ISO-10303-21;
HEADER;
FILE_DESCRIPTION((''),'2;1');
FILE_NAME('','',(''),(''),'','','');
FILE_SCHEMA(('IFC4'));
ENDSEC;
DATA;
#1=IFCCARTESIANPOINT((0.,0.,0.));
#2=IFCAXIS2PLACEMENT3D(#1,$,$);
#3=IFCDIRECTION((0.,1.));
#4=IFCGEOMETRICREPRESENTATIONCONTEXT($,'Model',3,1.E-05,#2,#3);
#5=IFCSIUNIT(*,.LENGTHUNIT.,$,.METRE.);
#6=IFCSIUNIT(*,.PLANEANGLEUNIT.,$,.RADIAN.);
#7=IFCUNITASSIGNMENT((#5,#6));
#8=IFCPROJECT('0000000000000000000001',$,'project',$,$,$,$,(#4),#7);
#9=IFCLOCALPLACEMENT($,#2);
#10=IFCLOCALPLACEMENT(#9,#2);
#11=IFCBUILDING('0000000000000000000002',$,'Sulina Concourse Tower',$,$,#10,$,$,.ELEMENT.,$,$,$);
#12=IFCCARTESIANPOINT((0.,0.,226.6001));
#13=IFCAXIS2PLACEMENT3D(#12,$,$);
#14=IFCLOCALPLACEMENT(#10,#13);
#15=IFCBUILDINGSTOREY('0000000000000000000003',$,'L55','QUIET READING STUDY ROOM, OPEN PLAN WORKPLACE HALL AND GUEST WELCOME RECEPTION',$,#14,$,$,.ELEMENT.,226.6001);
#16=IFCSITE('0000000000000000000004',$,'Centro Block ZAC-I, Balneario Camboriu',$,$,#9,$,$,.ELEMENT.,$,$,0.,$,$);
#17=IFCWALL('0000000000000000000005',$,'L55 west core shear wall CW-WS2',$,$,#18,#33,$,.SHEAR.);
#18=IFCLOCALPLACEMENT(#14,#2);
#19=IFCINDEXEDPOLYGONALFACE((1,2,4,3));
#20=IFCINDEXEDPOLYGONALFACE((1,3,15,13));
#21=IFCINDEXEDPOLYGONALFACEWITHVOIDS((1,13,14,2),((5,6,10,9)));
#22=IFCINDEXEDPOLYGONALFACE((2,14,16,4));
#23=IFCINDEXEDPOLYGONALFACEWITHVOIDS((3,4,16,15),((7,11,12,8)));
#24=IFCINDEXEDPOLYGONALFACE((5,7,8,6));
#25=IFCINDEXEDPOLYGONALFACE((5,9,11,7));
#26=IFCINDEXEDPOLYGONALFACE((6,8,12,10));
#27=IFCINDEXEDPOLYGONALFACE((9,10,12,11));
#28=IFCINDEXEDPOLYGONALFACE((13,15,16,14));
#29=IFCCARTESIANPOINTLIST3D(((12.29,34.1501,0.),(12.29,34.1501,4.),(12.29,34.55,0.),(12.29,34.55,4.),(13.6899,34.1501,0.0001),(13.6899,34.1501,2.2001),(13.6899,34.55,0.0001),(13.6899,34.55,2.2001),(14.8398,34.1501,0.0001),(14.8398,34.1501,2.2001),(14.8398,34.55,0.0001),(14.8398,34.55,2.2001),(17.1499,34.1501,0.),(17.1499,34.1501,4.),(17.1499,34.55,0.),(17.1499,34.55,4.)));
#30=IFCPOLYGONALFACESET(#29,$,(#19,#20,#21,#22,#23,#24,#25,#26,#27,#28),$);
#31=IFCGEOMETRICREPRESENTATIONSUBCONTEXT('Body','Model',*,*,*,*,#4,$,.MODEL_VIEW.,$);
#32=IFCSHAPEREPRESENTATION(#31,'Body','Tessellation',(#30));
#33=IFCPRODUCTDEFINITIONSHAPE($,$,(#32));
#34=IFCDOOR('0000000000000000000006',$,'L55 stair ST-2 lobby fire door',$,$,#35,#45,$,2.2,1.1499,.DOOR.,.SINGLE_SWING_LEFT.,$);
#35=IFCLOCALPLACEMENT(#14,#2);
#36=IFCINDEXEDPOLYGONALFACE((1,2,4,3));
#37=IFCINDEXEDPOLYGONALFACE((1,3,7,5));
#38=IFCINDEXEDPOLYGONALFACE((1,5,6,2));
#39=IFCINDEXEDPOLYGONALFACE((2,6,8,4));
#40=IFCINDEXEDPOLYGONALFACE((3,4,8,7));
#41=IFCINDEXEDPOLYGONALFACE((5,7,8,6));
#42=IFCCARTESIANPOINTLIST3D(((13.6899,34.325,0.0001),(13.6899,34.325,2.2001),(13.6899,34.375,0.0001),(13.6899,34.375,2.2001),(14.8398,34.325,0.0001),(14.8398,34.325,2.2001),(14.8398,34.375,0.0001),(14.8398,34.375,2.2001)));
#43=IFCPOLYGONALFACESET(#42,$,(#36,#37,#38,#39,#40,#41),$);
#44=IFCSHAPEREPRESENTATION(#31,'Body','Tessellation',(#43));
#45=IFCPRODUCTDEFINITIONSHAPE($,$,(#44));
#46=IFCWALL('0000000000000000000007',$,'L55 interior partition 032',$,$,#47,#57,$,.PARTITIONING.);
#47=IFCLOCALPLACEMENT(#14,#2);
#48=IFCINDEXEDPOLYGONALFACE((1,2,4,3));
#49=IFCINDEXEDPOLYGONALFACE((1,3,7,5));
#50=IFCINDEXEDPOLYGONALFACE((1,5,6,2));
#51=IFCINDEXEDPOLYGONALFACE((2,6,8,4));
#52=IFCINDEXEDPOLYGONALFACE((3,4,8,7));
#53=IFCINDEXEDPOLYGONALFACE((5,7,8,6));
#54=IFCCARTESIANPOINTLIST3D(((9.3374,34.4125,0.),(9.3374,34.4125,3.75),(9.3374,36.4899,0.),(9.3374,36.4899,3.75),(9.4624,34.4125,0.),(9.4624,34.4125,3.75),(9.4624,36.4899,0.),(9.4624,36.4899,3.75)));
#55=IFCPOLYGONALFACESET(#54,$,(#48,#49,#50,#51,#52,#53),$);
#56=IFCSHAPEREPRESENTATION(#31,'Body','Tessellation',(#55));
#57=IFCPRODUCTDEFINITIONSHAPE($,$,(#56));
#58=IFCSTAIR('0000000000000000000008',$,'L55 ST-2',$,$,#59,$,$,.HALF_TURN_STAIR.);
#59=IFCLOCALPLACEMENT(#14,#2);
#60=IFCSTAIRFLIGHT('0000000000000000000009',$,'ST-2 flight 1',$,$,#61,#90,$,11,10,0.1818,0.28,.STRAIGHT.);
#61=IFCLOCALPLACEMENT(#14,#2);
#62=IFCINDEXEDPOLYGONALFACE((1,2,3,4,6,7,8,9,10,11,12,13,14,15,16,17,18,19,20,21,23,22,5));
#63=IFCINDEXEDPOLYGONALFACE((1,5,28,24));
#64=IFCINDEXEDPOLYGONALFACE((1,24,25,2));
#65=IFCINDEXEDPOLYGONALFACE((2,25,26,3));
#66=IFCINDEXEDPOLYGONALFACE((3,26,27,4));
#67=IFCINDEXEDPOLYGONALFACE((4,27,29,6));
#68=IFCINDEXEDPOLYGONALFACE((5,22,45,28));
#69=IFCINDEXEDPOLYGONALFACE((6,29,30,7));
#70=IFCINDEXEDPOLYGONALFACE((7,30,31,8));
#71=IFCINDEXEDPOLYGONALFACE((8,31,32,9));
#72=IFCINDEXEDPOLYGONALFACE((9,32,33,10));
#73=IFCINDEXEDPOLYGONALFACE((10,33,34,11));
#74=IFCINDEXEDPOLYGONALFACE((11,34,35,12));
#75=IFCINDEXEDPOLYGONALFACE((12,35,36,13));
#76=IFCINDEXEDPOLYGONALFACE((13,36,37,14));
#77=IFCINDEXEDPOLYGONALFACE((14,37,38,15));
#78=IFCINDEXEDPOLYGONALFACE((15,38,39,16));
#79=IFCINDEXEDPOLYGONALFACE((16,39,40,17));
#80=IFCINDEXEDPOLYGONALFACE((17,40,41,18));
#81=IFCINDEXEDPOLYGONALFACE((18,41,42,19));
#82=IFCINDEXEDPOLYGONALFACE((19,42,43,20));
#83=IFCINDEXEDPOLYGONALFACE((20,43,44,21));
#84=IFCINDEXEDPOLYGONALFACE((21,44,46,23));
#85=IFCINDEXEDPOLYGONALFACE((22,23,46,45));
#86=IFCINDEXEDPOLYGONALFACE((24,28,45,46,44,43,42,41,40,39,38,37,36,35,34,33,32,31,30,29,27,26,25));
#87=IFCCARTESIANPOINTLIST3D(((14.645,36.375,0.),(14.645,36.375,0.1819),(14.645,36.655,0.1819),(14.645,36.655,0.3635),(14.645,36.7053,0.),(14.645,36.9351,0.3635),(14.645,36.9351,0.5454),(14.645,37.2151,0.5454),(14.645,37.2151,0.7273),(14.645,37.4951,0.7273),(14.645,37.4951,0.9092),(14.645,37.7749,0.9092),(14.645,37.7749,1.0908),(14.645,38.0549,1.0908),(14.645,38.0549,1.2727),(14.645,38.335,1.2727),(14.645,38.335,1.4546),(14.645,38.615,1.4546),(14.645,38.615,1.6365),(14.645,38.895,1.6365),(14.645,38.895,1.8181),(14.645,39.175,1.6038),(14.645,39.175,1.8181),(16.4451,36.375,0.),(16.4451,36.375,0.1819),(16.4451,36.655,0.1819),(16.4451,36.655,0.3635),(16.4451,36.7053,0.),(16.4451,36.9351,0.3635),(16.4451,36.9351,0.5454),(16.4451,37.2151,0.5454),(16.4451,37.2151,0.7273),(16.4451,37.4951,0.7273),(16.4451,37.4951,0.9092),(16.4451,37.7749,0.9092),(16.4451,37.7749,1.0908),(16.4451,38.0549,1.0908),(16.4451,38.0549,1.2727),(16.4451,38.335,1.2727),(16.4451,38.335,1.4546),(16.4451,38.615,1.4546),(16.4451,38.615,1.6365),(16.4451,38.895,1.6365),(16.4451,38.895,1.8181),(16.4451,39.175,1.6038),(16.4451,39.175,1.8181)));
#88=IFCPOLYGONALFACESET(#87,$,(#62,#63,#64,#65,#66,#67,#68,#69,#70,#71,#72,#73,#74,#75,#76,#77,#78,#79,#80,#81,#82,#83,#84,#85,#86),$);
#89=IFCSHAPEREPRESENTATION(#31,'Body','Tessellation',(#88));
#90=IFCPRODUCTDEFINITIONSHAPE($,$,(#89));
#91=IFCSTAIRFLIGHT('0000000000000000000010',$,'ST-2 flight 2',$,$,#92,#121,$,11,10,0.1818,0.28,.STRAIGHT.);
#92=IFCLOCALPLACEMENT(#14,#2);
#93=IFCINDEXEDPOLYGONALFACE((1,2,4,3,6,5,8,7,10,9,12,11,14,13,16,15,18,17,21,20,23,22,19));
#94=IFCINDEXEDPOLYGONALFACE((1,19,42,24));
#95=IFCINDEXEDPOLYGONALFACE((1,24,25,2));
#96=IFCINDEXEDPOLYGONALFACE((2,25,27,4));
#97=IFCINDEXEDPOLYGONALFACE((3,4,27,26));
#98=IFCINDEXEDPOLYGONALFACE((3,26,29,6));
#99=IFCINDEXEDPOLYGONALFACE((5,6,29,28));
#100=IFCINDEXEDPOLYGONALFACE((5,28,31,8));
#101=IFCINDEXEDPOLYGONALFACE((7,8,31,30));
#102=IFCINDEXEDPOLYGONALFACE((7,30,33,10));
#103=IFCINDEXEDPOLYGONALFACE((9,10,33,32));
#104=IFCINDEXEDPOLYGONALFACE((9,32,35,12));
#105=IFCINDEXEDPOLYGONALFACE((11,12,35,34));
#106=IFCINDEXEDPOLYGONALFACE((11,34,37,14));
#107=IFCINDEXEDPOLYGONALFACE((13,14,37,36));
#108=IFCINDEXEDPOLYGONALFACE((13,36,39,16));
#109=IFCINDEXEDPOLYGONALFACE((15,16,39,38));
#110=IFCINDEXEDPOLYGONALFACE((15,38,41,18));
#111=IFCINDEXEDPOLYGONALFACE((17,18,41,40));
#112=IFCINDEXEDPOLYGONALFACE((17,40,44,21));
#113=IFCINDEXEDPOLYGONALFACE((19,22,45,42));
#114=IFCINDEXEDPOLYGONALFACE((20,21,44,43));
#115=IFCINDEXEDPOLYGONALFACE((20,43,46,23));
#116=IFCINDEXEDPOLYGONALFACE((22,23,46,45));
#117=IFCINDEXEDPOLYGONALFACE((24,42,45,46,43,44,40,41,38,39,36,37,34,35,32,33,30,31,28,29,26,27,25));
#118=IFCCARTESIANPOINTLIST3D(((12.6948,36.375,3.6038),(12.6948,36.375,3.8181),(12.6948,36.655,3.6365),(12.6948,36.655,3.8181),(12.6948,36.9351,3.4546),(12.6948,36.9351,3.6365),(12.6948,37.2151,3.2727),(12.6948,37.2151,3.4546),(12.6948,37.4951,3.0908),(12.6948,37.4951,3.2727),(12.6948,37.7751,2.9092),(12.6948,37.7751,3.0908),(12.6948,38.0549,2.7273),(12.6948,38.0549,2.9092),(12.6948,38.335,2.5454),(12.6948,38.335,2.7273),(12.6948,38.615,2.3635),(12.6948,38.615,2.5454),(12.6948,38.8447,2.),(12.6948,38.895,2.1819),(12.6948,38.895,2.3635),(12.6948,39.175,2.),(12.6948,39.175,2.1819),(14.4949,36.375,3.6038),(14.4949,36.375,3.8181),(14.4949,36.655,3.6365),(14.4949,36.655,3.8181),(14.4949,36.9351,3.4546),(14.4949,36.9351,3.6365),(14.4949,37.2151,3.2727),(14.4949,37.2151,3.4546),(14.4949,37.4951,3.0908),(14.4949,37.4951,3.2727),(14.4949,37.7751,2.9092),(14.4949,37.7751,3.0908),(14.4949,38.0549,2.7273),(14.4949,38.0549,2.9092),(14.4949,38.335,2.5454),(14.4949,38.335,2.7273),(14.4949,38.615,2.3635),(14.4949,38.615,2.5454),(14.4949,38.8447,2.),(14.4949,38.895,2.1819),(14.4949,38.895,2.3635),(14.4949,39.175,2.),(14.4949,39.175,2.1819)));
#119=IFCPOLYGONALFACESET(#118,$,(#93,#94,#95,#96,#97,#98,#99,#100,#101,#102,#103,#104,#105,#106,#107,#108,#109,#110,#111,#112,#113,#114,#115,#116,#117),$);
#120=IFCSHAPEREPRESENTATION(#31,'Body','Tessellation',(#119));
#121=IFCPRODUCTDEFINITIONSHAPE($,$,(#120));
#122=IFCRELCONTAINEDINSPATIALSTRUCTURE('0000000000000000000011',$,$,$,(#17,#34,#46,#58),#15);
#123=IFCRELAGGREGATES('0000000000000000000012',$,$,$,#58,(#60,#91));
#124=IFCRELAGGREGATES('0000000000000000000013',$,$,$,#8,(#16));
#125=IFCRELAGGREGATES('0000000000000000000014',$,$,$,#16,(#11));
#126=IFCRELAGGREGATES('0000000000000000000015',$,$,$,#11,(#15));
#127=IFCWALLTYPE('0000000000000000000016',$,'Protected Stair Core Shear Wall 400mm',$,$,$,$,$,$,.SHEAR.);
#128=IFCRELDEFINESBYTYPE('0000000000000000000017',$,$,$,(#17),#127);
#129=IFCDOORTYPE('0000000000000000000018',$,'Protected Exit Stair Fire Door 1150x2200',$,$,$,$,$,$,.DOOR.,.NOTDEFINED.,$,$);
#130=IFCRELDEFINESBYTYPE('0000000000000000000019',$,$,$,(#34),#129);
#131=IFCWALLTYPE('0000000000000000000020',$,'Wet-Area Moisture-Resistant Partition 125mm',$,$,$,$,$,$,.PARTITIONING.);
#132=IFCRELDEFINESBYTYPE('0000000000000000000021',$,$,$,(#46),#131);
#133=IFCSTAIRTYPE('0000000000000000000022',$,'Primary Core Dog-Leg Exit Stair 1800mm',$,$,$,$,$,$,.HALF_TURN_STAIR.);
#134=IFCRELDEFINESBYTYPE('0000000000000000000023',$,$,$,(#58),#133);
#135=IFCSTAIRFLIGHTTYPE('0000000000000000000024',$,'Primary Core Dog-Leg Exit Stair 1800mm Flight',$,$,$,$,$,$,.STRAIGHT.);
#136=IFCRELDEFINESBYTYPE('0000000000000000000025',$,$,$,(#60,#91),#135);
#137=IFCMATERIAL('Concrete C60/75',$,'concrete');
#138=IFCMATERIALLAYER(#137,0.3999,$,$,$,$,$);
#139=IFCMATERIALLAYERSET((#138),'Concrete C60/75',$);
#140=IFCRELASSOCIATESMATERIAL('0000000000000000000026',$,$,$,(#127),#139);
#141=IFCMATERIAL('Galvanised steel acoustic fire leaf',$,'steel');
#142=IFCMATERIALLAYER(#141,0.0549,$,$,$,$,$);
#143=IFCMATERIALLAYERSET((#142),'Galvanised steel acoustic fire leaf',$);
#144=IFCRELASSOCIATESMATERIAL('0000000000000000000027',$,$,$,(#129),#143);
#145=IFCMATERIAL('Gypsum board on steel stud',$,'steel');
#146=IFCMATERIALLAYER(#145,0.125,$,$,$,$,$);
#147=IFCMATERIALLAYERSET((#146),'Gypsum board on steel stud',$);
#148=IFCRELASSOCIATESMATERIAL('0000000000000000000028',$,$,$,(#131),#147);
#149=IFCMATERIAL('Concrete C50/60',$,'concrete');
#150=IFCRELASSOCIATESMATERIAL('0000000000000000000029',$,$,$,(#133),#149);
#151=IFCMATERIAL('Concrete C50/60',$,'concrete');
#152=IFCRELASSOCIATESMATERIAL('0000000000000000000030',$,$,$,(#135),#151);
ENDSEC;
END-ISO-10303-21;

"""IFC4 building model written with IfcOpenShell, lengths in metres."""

from ifc_helpers import new_model, si_unit, direction, frame, frame_2d, origin, place, context, subcontext, project, spatial, polyline, rectangle, outline, extrude, material, layer, layer_set, type_object, element, fill, aggregate, save


model = new_model("IFC4")

# Units and contexts
model_context = context("Model", 3, precision=1e-05, world=origin(), true_north=direction((0.0, 1.0)))
body_context = subcontext(model_context, "Body", "Model", "MODEL_VIEW")
ifc_project = project(units=[si_unit("LENGTHUNIT", "METRE"), si_unit("PLANEANGLEUNIT", "RADIAN")], contexts=[model_context])

# Site, building, storey
site_placement = place(None, origin())
site = spatial("IfcSite", under=ifc_project, at=site_placement, Name="Centro Block ZAC-I, Balneario Camboriu", CompositionType="ELEMENT", RefElevation=0.0)
building_placement = place(site_placement, origin())
building = spatial("IfcBuilding", under=site, at=building_placement, Name="Sulina Concourse Tower", CompositionType="ELEMENT")
storey_placement = place(building_placement, frame((0.0, 0.0, 226.6001)))
storey = spatial("IfcBuildingStorey", under=building, at=storey_placement, Name="L55", Description="QUIET READING STUDY ROOM, OPEN PLAN WORKPLACE HALL AND GUEST WELCOME RECEPTION", CompositionType="ELEMENT", Elevation=226.6001)

# Wall, opening, door
ifc_material_1 = material(Name="Concrete C60/75", Category="concrete")
ifc_layer_1 = layer(ifc_material_1, 0.3999)
ifc_layer_set_1 = layer_set([ifc_layer_1], Name="Concrete C60/75")
wall_type_1 = type_object("IfcWallType", Name="Protected Stair Core Shear Wall 400mm", PredefinedType="SHEAR", material=ifc_layer_set_1)
wall_1_placement = place(storey_placement, frame((12.29, 34.3501, 0.0), z_axis=(0.0, 0.0, 1.0), x_axis=(1.0, 0.0, 0.0)))
wall_1 = element("IfcWall", 1, at=wall_1_placement, inside=storey, type_object=wall_type_1, Name="L55 west core shear wall CW-WS2", PredefinedType="SHEAR", context=body_context, shape_type="SweptSolid", body=[
    extrude(rectangle(XDim=4.8599, YDim=0.3999, at=frame_2d((2.4299, 0.0))), origin(), (0.0, 0.0, 1.0), 4.0),
])
opening_1_placement = place(wall_1_placement, frame((1.3999, 0.0, 0.0)))
opening_1 = element("IfcOpeningElement", 2, at=opening_1_placement, cuts=wall_1, PredefinedType="OPENING", context=body_context, shape_type="SweptSolid", body=[
    extrude(rectangle(XDim=1.1499, YDim=2.2, at=frame_2d((0.575, 1.1001))), frame((0.0, 0.21, 0.0), z_axis=(0.0, -1.0, 0.0), x_axis=(1.0, 0.0, 0.0)), (0.0, 0.0, 1.0), 0.4199),
])
ifc_material_2 = material(Name="Galvanised steel acoustic fire leaf", Category="steel")
ifc_layer_2 = layer(ifc_material_2, 0.0549)
ifc_layer_set_2 = layer_set([ifc_layer_2], Name="Galvanised steel acoustic fire leaf")
door_type_1 = type_object("IfcDoorType", Name="Protected Exit Stair Fire Door 1150x2200", OperationType="NOTDEFINED", PredefinedType="DOOR", material=ifc_layer_set_2)
door_1_placement = place(opening_1_placement, origin())
door_1 = element("IfcDoor", 3, at=door_1_placement, inside=storey, type_object=door_type_1, Name="L55 stair ST-2 lobby fire door", OperationType="SINGLE_SWING_LEFT", OverallHeight=2.2, OverallWidth=1.1499, PredefinedType="DOOR", context=body_context, shape_type="SweptSolid", body=[
    extrude(rectangle(XDim=1.1499, YDim=2.2, at=frame_2d((0.575, 1.1001))), frame((0.0, 0.0249, 0.0), z_axis=(0.0, -1.0, 0.0), x_axis=(1.0, 0.0, 0.0)), (0.0, 0.0, 1.0), 0.05),
])
fill(opening_1, door_1)

# Wall
ifc_material_3 = material(Name="Gypsum board on steel stud", Category="steel")
ifc_layer_3 = layer(ifc_material_3, 0.125)
ifc_layer_set_3 = layer_set([ifc_layer_3], Name="Gypsum board on steel stud")
wall_type_2 = type_object("IfcWallType", Name="Wet-Area Moisture-Resistant Partition 125mm", PredefinedType="PARTITIONING", material=ifc_layer_set_3)
wall_2_placement = place(storey_placement, frame((9.3999, 34.4126, 0.0), z_axis=(0.0, 0.0, 1.0), x_axis=(0.0, 1.0, 0.0)))
element("IfcWall", 4, at=wall_2_placement, inside=storey, type_object=wall_type_2, Name="L55 interior partition 032", PredefinedType="PARTITIONING", context=body_context, shape_type="SweptSolid", body=[
    extrude(rectangle(XDim=2.0774, YDim=0.125, at=frame_2d((1.0386, 0.0))), origin(), (0.0, 0.0, 1.0), 3.75),
])

# Stair, stair flights
ifc_material_4 = material(Name="Concrete C50/60", Category="concrete")
stair_type = type_object("IfcStairType", Name="Primary Core Dog-Leg Exit Stair 1800mm", PredefinedType="HALF_TURN_STAIR", material=ifc_material_4)
stair_placement = place(storey_placement, origin())
stair = element("IfcStair", 5, at=stair_placement, inside=storey, type_object=stair_type, Name="L55 ST-2", PredefinedType="HALF_TURN_STAIR")
ifc_material_5 = material(Name="Concrete C50/60", Category="concrete")
stair_flight_type = type_object("IfcStairFlightType", Name="Primary Core Dog-Leg Exit Stair 1800mm Flight", PredefinedType="STRAIGHT", material=ifc_material_5)
stair_flight_1_placement = place(storey_placement, frame((15.5449, 36.375, 0.0), z_axis=(0.0, 0.0, 1.0), x_axis=(0.0, 1.0, 0.0)))
stair_flight_1 = element("IfcStairFlight", 6, at=stair_flight_1_placement, type_object=stair_flight_type, Name="ST-2 flight 1", NumberOfRisers=11, NumberOfTreads=10, PredefinedType="STRAIGHT", RiserHeight=0.1818, TreadLength=0.28, context=body_context, shape_type="SweptSolid", body=[
    extrude(outline(polyline([(0.0, 0.0), (0.0, 0.1819), (0.28, 0.1819), (0.28, 0.3635), (0.5601, 0.3635), (0.5601, 0.5454), (0.8401, 0.5454), (0.8401, 0.7273), (1.1201, 0.7273), (1.1201, 0.9092), (1.3999, 0.9092), (1.3999, 1.0908), (1.6799, 1.0908), (1.6799, 1.2727), (1.96, 1.2727), (1.96, 1.4546), (2.24, 1.4546), (2.24, 1.6365), (2.52, 1.6365), (2.52, 1.8181), (2.8, 1.8181), (2.8, 2.0), (2.8, 1.6038), (0.3303, 0.0), (0.0, 0.0)])), frame((0.0, 0.8999, 0.0), z_axis=(0.0, -1.0, 0.0), x_axis=(1.0, 0.0, 0.0)), (0.0, 0.0, 1.0), 1.8),
])
stair_flight_2_placement = place(storey_placement, frame((13.595, 39.175, 2.0), z_axis=(0.0, 0.0, 1.0), x_axis=(0.0, -1.0, 0.0)))
stair_flight_2 = element("IfcStairFlight", 7, at=stair_flight_2_placement, type_object=stair_flight_type, Name="ST-2 flight 2", NumberOfRisers=11, NumberOfTreads=10, PredefinedType="STRAIGHT", RiserHeight=0.1818, TreadLength=0.28, context=body_context, shape_type="SweptSolid", body=[
    extrude(outline(polyline([(0.0, 0.0), (0.0, 0.1819), (0.28, 0.1819), (0.28, 0.3635), (0.5601, 0.3635), (0.5601, 0.5454), (0.8401, 0.5454), (0.8401, 0.7273), (1.1201, 0.7273), (1.1201, 0.9092), (1.3999, 0.9092), (1.3999, 1.0908), (1.6799, 1.0908), (1.6799, 1.2727), (1.96, 1.2727), (1.96, 1.4546), (2.24, 1.4546), (2.24, 1.6365), (2.52, 1.6365), (2.52, 1.8181), (2.8, 1.8181), (2.8, 2.0), (2.8, 1.6038), (0.3303, 0.0), (0.0, 0.0)])), frame((0.0, 0.8999, 0.0), z_axis=(0.0, -1.0, 0.0), x_axis=(1.0, 0.0, 0.0)), (0.0, 0.0, 1.0), 1.8),
])
aggregate(stair, [stair_flight_1, stair_flight_2])

save(model, "model.ifc")
